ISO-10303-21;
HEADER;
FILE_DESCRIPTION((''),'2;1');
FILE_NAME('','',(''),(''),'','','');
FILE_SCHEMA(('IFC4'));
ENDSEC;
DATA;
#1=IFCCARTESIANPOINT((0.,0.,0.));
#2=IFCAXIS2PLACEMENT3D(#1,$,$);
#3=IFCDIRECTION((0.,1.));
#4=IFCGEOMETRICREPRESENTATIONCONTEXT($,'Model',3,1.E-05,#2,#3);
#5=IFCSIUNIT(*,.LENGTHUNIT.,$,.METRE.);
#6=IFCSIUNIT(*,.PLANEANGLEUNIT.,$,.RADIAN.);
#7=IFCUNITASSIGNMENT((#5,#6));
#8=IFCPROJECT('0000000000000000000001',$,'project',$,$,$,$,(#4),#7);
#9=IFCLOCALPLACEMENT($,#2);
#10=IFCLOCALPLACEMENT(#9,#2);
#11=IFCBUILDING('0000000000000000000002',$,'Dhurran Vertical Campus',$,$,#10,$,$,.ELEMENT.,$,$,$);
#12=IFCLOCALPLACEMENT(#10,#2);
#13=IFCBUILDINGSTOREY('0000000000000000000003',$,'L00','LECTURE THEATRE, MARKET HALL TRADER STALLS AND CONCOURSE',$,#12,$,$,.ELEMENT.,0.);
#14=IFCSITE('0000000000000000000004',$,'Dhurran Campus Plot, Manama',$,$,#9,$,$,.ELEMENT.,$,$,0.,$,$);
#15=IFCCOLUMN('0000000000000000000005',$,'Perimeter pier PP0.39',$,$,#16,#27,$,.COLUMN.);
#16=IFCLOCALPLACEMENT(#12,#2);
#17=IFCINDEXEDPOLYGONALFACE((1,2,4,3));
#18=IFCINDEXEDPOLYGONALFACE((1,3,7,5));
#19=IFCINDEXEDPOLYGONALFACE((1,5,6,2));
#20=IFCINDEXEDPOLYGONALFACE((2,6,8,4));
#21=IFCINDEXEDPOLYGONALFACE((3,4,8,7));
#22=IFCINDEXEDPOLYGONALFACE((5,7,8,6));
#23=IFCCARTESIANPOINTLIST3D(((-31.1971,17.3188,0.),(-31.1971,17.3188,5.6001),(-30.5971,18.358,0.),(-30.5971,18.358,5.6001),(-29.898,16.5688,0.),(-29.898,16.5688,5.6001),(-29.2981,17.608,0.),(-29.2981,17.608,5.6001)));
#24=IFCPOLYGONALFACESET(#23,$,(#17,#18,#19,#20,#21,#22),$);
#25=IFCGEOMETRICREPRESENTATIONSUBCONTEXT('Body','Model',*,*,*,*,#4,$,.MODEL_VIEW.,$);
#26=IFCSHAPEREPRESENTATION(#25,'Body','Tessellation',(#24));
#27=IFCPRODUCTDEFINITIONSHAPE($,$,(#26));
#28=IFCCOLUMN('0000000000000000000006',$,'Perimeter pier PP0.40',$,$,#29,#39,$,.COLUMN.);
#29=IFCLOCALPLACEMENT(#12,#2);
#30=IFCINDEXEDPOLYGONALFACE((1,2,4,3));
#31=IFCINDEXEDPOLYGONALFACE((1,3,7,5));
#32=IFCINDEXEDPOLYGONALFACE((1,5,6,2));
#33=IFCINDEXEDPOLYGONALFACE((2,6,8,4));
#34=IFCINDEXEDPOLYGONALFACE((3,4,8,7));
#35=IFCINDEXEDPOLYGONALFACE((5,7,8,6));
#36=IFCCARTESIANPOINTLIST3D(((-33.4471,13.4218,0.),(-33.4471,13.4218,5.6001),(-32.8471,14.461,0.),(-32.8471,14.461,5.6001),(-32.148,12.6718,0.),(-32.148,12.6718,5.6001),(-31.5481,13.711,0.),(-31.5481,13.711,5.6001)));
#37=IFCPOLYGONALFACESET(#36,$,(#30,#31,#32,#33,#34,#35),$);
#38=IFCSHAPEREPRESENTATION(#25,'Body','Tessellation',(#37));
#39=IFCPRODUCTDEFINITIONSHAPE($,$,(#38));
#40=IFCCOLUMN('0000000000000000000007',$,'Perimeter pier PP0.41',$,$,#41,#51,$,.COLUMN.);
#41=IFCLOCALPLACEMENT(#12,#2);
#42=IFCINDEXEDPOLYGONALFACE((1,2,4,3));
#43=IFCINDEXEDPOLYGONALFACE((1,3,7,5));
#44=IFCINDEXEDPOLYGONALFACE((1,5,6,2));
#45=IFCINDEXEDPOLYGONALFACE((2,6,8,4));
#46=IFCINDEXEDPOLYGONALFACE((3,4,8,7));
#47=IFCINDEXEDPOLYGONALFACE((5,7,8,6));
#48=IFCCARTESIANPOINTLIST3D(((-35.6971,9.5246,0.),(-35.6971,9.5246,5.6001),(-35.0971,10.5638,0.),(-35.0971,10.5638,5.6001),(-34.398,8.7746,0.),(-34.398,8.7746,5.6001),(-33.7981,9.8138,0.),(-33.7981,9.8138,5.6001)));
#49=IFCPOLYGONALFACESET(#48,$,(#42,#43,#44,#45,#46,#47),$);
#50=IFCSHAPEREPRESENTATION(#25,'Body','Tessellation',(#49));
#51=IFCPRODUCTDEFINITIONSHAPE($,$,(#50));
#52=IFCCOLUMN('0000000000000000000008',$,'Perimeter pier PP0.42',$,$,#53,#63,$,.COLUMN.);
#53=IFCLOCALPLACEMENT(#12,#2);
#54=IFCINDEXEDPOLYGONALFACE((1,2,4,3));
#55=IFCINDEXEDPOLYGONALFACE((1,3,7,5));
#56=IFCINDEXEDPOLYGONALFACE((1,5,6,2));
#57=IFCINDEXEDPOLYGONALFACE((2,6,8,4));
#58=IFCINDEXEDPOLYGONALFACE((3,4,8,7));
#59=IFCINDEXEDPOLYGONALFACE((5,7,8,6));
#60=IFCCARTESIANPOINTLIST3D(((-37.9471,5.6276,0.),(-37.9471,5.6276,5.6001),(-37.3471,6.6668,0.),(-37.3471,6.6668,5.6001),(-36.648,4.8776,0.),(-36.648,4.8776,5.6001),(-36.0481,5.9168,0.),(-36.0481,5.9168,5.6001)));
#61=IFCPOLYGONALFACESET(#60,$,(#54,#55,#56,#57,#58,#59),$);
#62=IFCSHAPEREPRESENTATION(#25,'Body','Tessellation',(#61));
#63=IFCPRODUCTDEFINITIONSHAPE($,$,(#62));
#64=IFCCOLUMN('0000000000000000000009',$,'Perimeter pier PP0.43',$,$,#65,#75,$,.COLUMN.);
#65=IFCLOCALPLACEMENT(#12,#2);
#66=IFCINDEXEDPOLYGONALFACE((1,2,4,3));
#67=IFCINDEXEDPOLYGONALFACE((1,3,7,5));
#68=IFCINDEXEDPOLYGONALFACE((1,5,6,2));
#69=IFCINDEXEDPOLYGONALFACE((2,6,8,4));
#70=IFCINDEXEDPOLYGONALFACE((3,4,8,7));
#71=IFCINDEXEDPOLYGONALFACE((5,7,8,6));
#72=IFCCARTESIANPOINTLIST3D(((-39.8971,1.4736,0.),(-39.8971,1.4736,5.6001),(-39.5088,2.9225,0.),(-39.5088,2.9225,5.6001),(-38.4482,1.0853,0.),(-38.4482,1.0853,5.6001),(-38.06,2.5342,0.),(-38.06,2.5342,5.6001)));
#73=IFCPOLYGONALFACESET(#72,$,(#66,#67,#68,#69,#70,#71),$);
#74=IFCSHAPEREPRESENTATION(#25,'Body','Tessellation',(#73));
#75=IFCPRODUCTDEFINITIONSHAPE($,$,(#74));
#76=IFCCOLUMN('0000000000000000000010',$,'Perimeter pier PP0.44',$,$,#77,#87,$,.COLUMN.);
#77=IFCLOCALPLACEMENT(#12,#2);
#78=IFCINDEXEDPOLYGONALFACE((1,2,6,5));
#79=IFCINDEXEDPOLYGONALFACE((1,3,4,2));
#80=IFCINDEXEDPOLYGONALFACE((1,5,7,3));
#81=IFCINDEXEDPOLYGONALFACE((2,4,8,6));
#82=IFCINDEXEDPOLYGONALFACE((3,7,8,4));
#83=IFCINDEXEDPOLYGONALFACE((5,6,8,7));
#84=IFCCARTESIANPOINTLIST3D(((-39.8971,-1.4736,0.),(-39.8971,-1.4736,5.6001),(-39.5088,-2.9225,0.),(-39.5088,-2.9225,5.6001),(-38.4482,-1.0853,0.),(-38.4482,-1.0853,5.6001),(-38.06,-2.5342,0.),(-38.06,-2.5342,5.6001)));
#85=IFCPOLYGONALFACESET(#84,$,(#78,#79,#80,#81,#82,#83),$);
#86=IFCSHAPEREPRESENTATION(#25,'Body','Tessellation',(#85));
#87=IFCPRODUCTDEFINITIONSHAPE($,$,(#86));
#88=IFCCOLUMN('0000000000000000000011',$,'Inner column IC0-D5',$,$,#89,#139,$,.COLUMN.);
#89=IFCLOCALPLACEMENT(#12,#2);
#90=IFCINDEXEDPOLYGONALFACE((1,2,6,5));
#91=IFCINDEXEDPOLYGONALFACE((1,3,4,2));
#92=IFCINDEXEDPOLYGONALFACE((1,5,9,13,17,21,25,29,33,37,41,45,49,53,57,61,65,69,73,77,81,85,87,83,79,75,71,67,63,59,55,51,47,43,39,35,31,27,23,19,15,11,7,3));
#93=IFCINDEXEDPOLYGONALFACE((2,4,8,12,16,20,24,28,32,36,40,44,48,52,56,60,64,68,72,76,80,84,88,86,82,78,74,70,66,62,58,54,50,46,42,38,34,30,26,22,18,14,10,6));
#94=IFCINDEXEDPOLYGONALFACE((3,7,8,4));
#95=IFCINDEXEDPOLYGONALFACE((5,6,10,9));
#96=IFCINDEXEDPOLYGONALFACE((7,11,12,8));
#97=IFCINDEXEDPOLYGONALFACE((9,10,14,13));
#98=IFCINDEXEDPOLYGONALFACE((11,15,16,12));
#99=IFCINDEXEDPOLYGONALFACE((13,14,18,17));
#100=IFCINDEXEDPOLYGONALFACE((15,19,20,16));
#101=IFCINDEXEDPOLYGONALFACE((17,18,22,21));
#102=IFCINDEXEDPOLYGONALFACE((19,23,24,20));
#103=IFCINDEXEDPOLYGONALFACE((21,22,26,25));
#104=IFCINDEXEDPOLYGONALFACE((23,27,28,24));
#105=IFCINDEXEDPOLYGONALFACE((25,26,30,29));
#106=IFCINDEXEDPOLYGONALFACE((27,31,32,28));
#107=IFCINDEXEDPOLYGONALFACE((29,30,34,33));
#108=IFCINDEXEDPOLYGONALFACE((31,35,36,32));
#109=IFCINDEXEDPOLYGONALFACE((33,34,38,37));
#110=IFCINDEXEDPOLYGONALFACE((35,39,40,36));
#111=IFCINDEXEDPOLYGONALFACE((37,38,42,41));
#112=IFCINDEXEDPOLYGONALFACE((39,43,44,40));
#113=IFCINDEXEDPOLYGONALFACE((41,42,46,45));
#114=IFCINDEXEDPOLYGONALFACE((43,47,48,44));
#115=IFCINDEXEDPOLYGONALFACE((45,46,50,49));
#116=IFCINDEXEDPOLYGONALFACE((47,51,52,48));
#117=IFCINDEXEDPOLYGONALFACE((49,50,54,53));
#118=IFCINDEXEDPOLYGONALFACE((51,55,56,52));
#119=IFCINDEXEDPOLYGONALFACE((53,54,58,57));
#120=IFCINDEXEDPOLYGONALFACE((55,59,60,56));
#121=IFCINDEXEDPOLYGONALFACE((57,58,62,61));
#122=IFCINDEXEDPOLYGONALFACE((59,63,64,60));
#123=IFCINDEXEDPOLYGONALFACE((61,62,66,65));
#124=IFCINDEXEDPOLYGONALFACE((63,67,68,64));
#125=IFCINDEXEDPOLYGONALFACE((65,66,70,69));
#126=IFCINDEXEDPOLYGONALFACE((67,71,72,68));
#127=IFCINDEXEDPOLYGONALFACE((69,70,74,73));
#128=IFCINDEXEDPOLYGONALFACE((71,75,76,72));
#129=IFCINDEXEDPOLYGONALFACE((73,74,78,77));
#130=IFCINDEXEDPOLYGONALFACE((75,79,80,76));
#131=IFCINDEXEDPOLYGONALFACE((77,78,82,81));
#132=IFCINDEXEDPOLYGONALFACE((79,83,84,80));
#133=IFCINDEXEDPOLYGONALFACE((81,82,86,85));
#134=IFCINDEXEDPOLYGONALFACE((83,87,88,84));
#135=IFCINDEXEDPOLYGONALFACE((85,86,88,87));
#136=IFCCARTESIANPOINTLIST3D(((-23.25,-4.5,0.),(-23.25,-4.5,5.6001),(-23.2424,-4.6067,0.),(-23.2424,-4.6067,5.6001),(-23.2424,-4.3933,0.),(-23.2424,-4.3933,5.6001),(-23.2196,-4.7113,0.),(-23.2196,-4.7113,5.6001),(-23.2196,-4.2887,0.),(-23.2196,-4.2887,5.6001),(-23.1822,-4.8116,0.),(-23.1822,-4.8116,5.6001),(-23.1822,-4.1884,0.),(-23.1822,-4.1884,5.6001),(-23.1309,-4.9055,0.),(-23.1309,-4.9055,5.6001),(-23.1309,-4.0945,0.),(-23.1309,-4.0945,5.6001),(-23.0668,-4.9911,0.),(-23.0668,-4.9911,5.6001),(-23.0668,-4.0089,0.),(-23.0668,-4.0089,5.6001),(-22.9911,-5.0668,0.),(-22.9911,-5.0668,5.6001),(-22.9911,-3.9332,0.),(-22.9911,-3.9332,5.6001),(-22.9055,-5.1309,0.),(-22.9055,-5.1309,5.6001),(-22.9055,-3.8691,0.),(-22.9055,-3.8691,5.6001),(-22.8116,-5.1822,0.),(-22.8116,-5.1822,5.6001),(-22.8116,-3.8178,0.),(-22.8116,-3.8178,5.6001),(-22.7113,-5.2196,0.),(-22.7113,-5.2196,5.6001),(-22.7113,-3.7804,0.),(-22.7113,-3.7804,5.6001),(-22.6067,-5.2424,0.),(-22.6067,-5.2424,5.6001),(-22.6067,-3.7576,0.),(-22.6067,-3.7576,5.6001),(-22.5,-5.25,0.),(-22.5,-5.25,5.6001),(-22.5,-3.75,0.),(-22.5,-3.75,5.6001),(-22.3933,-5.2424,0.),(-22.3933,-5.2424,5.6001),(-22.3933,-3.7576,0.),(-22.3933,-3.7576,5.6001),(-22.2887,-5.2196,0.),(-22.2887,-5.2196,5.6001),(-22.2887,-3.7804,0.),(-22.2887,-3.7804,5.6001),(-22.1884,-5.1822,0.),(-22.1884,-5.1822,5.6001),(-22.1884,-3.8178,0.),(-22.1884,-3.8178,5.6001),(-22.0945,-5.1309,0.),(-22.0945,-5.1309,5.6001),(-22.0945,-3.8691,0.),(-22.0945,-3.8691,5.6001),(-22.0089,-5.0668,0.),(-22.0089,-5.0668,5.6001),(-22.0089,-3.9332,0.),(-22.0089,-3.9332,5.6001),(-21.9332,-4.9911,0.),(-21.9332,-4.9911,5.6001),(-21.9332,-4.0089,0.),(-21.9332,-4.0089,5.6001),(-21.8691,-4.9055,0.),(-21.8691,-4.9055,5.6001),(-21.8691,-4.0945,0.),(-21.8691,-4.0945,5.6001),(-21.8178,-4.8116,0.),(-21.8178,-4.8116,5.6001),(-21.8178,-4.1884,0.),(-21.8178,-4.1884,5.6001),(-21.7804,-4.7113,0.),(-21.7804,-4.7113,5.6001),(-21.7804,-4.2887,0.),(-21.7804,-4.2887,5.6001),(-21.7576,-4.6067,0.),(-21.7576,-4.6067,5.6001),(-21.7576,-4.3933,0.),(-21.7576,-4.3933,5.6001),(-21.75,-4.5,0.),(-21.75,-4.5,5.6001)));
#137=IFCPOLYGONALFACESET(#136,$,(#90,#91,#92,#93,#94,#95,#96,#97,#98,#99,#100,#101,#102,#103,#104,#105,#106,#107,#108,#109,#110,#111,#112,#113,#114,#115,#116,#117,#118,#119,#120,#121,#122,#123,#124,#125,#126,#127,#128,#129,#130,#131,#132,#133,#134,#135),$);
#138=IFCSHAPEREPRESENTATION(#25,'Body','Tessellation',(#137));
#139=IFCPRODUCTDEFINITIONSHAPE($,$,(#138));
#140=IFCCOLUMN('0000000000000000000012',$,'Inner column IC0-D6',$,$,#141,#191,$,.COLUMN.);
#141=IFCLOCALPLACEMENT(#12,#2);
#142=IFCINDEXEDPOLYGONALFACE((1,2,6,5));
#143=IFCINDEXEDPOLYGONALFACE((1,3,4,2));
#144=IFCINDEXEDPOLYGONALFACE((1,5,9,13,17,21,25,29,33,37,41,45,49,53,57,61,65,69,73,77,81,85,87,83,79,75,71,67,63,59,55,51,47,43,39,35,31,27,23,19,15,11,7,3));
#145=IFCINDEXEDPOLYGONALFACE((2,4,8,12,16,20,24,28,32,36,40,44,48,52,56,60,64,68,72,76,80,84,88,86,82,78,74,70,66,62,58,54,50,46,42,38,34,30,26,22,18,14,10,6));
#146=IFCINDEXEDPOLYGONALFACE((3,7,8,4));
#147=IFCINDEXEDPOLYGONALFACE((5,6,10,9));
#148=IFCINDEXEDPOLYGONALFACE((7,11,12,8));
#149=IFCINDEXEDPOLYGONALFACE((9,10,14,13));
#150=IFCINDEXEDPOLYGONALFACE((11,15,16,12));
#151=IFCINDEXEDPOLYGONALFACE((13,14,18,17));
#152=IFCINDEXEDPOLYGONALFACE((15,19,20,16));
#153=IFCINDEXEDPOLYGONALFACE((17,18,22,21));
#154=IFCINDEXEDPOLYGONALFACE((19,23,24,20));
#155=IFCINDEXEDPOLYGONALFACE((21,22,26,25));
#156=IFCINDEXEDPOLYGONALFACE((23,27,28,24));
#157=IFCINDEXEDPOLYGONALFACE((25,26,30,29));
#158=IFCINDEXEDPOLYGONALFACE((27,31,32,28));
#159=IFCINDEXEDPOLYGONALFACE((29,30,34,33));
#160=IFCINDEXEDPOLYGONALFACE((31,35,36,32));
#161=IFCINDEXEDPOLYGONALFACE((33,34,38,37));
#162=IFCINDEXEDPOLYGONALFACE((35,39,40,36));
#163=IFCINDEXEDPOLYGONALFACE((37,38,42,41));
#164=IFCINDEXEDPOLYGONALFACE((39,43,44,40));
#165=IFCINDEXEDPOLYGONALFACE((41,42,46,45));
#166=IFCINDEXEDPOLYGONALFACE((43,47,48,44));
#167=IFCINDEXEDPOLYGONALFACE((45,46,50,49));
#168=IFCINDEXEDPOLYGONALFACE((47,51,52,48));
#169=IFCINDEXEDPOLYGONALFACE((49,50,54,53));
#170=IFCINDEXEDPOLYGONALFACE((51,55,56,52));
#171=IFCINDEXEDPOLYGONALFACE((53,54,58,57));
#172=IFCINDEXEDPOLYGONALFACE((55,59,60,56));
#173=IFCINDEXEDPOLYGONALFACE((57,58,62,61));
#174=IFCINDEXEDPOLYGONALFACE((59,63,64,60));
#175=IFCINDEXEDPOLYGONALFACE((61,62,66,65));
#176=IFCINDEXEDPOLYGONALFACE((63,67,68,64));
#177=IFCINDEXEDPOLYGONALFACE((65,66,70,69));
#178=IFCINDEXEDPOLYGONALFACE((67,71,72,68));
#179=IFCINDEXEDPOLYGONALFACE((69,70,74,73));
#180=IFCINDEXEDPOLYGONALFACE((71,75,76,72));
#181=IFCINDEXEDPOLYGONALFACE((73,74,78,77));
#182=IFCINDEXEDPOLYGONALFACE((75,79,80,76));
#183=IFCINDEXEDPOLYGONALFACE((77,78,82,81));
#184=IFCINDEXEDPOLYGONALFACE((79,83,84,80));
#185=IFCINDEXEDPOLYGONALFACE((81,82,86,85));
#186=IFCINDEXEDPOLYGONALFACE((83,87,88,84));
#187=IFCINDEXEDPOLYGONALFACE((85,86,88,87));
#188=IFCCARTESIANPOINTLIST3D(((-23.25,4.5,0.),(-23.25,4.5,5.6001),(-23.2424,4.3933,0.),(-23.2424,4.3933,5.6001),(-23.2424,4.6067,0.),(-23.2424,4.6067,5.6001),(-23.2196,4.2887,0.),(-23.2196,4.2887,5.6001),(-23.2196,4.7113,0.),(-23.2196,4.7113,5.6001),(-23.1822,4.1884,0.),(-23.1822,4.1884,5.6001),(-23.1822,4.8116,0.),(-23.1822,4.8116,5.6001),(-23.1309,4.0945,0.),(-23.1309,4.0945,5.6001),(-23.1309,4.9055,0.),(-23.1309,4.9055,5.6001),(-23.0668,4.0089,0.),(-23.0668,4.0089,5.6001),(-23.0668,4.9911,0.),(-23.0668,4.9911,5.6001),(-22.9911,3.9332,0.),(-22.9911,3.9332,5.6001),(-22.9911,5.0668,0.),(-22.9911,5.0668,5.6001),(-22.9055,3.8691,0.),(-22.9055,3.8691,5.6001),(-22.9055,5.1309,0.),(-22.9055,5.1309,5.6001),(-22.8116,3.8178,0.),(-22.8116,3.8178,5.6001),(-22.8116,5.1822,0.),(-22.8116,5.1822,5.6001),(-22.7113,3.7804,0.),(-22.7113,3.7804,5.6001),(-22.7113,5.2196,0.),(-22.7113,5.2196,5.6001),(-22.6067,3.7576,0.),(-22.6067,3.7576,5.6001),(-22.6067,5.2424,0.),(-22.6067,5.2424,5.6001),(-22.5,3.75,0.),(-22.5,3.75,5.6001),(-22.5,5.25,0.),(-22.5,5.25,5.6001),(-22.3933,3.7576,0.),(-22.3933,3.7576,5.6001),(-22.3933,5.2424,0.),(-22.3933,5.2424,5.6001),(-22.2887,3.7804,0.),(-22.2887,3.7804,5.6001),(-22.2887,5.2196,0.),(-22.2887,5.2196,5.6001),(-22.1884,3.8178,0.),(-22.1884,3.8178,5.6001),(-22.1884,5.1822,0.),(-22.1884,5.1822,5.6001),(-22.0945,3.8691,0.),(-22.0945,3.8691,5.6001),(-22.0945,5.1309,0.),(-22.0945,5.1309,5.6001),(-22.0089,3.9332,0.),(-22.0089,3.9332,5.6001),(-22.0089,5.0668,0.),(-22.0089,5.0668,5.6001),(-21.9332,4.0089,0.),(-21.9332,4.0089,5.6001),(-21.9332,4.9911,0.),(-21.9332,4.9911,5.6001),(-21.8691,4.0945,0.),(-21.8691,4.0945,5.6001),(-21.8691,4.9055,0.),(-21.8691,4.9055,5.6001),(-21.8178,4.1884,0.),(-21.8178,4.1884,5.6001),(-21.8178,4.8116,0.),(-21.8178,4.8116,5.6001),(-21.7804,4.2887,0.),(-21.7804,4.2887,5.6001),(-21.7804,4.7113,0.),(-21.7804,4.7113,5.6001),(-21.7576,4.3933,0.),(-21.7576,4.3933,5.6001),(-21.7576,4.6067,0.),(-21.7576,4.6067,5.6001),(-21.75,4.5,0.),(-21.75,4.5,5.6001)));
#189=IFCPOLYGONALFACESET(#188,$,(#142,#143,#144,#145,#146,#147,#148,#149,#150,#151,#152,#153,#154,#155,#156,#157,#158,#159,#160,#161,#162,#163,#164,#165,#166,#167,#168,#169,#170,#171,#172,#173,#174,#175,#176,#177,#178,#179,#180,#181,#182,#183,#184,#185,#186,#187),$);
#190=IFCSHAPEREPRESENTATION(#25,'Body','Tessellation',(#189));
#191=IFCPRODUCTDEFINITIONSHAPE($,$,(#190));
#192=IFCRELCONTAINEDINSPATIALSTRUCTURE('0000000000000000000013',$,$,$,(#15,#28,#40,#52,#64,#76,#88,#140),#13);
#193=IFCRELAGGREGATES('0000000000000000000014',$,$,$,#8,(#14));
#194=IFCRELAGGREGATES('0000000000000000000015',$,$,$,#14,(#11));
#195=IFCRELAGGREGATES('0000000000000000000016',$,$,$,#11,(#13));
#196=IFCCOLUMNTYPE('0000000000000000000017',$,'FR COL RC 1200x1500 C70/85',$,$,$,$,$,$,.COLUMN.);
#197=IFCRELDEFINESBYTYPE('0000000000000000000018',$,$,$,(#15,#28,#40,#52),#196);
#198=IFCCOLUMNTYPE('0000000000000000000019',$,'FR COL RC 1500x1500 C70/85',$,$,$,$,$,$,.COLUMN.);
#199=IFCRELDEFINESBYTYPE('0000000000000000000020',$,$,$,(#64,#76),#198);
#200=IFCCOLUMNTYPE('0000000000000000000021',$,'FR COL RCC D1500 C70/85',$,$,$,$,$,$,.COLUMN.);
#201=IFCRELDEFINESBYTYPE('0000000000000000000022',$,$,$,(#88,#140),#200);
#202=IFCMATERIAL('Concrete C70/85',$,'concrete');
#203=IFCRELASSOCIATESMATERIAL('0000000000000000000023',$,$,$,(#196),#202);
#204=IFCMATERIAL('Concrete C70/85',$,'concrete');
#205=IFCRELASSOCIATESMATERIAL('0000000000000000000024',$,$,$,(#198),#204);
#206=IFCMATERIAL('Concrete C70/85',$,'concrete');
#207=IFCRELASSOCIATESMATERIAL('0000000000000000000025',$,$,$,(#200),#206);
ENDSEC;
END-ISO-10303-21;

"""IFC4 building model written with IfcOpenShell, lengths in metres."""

from ifc_helpers import new_model, si_unit, direction, frame, origin, origin_2d, place, context, subcontext, project, spatial, rectangle, circle, extrude, material, material_profile, profile_set, type_object, element, save


model = new_model("IFC4")

# Units and contexts
model_context = context("Model", 3, precision=1e-05, world=origin(), true_north=direction((0.0, 1.0)))
body_context = subcontext(model_context, "Body", "Model", "MODEL_VIEW")
ifc_project = project(units=[si_unit("LENGTHUNIT", "METRE"), si_unit("PLANEANGLEUNIT", "RADIAN")], contexts=[model_context])

# Site, building, storey
site_placement = place(None, origin())
site = spatial("IfcSite", under=ifc_project, at=site_placement, Name="Dhurran Campus Plot, Manama", CompositionType="ELEMENT", RefElevation=0.0)
building_placement = place(site_placement, origin())
building = spatial("IfcBuilding", under=site, at=building_placement, Name="Dhurran Vertical Campus", CompositionType="ELEMENT")
storey_placement = place(building_placement, origin())
storey = spatial("IfcBuildingStorey", under=building, at=storey_placement, Name="L00", Description="LECTURE THEATRE, MARKET HALL TRADER STALLS AND CONCOURSE", CompositionType="ELEMENT", Elevation=0.0)

# Columns
ifc_material_1 = material(Name="Concrete C70/85", Category="concrete")
ifc_material_profile_1 = material_profile(ifc_material_1, rectangle(XDim=1.2, YDim=1.5, at=origin_2d()), Name="RC 1200x1500")
ifc_profile_set_1 = profile_set([ifc_material_profile_1], Name="Concrete C70/85")
column_type_1 = type_object("IfcColumnType", Name="FR COL RC 1200x1500 C70/85", PredefinedType="COLUMN", material=ifc_profile_set_1)
for number, where, z_axis, x_axis, name in (
    (1, (-30.2476, 17.4634, 0.0), (0.0, 0.0, 1.0), (-0.5, -0.866025, 0.0), "Perimeter pier PP0.39"),
    (2, (-32.4976, 13.5664, 0.0), (0.0, 0.0, 1.0), (-0.5, -0.866025, 0.0), "Perimeter pier PP0.40"),
    (3, (-34.7476, 9.6692, 0.0), (0.0, 0.0, 1.0), (-0.5, -0.866025, 0.0), "Perimeter pier PP0.41"),
    (4, (-36.9976, 5.7722, 0.0), (0.0, 0.0, 1.0), (-0.5, -0.866025, 0.0), "Perimeter pier PP0.42"),
):
    element("IfcColumn", number, at=place(storey_placement, frame(where, z_axis=z_axis, x_axis=x_axis)), inside=storey, type_object=column_type_1, Name=name, PredefinedType="COLUMN", context=body_context, shape_type="SweptSolid", body=[
        extrude(rectangle(XDim=1.2, YDim=1.5, at=origin_2d()), origin(), (0.0, 0.0, 1.0), 5.6001),
    ])
ifc_material_2 = material(Name="Concrete C70/85", Category="concrete")
ifc_material_profile_2 = material_profile(ifc_material_2, rectangle(XDim=1.5, YDim=1.5, at=origin_2d()), Name="RC 1500x1500")
ifc_profile_set_2 = profile_set([ifc_material_profile_2], Name="Concrete C70/85")
column_type_2 = type_object("IfcColumnType", Name="FR COL RC 1500x1500 C70/85", PredefinedType="COLUMN", material=ifc_profile_set_2)
for number, where, z_axis, x_axis, name in (
    (5, (-38.9785, 2.0039, 0.0), (0.0, 0.0, 1.0), (-0.258819, -0.965926, 0.0), "Perimeter pier PP0.43"),
    (6, (-38.9785, -2.0039, 0.0), (0.0, 0.0, 1.0), (0.258819, -0.965926, 0.0), "Perimeter pier PP0.44"),
):
    element("IfcColumn", number, at=place(storey_placement, frame(where, z_axis=z_axis, x_axis=x_axis)), inside=storey, type_object=column_type_2, Name=name, PredefinedType="COLUMN", context=body_context, shape_type="SweptSolid", body=[
        extrude(rectangle(XDim=1.5, YDim=1.5, at=origin_2d()), origin(), (0.0, 0.0, 1.0), 5.6001),
    ])
ifc_material_3 = material(Name="Concrete C70/85", Category="concrete")
ifc_material_profile_3 = material_profile(ifc_material_3, circle(Radius=0.75, at=origin_2d()), Name="RCC D1500")
ifc_profile_set_3 = profile_set([ifc_material_profile_3], Name="Concrete C70/85")
column_type_3 = type_object("IfcColumnType", Name="FR COL RCC D1500 C70/85", PredefinedType="COLUMN", material=ifc_profile_set_3)
for number, where, z_axis, x_axis, name in (
    (7, (-22.5, -4.5, 0.0), (0.0, 0.0, 1.0), (1.0, 0.0, 0.0), "Inner column IC0-D5"),
    (8, (-22.5, 4.5, 0.0), (0.0, 0.0, 1.0), (1.0, 0.0, 0.0), "Inner column IC0-D6"),
):
    element("IfcColumn", number, at=place(storey_placement, frame(where, z_axis=z_axis, x_axis=x_axis)), inside=storey, type_object=column_type_3, Name=name, PredefinedType="COLUMN", context=body_context, shape_type="SweptSolid", body=[
        extrude(circle(Radius=0.75, at=origin_2d()), origin(), (0.0, 0.0, 1.0), 5.6001),
    ])

save(model, "model.ifc")
